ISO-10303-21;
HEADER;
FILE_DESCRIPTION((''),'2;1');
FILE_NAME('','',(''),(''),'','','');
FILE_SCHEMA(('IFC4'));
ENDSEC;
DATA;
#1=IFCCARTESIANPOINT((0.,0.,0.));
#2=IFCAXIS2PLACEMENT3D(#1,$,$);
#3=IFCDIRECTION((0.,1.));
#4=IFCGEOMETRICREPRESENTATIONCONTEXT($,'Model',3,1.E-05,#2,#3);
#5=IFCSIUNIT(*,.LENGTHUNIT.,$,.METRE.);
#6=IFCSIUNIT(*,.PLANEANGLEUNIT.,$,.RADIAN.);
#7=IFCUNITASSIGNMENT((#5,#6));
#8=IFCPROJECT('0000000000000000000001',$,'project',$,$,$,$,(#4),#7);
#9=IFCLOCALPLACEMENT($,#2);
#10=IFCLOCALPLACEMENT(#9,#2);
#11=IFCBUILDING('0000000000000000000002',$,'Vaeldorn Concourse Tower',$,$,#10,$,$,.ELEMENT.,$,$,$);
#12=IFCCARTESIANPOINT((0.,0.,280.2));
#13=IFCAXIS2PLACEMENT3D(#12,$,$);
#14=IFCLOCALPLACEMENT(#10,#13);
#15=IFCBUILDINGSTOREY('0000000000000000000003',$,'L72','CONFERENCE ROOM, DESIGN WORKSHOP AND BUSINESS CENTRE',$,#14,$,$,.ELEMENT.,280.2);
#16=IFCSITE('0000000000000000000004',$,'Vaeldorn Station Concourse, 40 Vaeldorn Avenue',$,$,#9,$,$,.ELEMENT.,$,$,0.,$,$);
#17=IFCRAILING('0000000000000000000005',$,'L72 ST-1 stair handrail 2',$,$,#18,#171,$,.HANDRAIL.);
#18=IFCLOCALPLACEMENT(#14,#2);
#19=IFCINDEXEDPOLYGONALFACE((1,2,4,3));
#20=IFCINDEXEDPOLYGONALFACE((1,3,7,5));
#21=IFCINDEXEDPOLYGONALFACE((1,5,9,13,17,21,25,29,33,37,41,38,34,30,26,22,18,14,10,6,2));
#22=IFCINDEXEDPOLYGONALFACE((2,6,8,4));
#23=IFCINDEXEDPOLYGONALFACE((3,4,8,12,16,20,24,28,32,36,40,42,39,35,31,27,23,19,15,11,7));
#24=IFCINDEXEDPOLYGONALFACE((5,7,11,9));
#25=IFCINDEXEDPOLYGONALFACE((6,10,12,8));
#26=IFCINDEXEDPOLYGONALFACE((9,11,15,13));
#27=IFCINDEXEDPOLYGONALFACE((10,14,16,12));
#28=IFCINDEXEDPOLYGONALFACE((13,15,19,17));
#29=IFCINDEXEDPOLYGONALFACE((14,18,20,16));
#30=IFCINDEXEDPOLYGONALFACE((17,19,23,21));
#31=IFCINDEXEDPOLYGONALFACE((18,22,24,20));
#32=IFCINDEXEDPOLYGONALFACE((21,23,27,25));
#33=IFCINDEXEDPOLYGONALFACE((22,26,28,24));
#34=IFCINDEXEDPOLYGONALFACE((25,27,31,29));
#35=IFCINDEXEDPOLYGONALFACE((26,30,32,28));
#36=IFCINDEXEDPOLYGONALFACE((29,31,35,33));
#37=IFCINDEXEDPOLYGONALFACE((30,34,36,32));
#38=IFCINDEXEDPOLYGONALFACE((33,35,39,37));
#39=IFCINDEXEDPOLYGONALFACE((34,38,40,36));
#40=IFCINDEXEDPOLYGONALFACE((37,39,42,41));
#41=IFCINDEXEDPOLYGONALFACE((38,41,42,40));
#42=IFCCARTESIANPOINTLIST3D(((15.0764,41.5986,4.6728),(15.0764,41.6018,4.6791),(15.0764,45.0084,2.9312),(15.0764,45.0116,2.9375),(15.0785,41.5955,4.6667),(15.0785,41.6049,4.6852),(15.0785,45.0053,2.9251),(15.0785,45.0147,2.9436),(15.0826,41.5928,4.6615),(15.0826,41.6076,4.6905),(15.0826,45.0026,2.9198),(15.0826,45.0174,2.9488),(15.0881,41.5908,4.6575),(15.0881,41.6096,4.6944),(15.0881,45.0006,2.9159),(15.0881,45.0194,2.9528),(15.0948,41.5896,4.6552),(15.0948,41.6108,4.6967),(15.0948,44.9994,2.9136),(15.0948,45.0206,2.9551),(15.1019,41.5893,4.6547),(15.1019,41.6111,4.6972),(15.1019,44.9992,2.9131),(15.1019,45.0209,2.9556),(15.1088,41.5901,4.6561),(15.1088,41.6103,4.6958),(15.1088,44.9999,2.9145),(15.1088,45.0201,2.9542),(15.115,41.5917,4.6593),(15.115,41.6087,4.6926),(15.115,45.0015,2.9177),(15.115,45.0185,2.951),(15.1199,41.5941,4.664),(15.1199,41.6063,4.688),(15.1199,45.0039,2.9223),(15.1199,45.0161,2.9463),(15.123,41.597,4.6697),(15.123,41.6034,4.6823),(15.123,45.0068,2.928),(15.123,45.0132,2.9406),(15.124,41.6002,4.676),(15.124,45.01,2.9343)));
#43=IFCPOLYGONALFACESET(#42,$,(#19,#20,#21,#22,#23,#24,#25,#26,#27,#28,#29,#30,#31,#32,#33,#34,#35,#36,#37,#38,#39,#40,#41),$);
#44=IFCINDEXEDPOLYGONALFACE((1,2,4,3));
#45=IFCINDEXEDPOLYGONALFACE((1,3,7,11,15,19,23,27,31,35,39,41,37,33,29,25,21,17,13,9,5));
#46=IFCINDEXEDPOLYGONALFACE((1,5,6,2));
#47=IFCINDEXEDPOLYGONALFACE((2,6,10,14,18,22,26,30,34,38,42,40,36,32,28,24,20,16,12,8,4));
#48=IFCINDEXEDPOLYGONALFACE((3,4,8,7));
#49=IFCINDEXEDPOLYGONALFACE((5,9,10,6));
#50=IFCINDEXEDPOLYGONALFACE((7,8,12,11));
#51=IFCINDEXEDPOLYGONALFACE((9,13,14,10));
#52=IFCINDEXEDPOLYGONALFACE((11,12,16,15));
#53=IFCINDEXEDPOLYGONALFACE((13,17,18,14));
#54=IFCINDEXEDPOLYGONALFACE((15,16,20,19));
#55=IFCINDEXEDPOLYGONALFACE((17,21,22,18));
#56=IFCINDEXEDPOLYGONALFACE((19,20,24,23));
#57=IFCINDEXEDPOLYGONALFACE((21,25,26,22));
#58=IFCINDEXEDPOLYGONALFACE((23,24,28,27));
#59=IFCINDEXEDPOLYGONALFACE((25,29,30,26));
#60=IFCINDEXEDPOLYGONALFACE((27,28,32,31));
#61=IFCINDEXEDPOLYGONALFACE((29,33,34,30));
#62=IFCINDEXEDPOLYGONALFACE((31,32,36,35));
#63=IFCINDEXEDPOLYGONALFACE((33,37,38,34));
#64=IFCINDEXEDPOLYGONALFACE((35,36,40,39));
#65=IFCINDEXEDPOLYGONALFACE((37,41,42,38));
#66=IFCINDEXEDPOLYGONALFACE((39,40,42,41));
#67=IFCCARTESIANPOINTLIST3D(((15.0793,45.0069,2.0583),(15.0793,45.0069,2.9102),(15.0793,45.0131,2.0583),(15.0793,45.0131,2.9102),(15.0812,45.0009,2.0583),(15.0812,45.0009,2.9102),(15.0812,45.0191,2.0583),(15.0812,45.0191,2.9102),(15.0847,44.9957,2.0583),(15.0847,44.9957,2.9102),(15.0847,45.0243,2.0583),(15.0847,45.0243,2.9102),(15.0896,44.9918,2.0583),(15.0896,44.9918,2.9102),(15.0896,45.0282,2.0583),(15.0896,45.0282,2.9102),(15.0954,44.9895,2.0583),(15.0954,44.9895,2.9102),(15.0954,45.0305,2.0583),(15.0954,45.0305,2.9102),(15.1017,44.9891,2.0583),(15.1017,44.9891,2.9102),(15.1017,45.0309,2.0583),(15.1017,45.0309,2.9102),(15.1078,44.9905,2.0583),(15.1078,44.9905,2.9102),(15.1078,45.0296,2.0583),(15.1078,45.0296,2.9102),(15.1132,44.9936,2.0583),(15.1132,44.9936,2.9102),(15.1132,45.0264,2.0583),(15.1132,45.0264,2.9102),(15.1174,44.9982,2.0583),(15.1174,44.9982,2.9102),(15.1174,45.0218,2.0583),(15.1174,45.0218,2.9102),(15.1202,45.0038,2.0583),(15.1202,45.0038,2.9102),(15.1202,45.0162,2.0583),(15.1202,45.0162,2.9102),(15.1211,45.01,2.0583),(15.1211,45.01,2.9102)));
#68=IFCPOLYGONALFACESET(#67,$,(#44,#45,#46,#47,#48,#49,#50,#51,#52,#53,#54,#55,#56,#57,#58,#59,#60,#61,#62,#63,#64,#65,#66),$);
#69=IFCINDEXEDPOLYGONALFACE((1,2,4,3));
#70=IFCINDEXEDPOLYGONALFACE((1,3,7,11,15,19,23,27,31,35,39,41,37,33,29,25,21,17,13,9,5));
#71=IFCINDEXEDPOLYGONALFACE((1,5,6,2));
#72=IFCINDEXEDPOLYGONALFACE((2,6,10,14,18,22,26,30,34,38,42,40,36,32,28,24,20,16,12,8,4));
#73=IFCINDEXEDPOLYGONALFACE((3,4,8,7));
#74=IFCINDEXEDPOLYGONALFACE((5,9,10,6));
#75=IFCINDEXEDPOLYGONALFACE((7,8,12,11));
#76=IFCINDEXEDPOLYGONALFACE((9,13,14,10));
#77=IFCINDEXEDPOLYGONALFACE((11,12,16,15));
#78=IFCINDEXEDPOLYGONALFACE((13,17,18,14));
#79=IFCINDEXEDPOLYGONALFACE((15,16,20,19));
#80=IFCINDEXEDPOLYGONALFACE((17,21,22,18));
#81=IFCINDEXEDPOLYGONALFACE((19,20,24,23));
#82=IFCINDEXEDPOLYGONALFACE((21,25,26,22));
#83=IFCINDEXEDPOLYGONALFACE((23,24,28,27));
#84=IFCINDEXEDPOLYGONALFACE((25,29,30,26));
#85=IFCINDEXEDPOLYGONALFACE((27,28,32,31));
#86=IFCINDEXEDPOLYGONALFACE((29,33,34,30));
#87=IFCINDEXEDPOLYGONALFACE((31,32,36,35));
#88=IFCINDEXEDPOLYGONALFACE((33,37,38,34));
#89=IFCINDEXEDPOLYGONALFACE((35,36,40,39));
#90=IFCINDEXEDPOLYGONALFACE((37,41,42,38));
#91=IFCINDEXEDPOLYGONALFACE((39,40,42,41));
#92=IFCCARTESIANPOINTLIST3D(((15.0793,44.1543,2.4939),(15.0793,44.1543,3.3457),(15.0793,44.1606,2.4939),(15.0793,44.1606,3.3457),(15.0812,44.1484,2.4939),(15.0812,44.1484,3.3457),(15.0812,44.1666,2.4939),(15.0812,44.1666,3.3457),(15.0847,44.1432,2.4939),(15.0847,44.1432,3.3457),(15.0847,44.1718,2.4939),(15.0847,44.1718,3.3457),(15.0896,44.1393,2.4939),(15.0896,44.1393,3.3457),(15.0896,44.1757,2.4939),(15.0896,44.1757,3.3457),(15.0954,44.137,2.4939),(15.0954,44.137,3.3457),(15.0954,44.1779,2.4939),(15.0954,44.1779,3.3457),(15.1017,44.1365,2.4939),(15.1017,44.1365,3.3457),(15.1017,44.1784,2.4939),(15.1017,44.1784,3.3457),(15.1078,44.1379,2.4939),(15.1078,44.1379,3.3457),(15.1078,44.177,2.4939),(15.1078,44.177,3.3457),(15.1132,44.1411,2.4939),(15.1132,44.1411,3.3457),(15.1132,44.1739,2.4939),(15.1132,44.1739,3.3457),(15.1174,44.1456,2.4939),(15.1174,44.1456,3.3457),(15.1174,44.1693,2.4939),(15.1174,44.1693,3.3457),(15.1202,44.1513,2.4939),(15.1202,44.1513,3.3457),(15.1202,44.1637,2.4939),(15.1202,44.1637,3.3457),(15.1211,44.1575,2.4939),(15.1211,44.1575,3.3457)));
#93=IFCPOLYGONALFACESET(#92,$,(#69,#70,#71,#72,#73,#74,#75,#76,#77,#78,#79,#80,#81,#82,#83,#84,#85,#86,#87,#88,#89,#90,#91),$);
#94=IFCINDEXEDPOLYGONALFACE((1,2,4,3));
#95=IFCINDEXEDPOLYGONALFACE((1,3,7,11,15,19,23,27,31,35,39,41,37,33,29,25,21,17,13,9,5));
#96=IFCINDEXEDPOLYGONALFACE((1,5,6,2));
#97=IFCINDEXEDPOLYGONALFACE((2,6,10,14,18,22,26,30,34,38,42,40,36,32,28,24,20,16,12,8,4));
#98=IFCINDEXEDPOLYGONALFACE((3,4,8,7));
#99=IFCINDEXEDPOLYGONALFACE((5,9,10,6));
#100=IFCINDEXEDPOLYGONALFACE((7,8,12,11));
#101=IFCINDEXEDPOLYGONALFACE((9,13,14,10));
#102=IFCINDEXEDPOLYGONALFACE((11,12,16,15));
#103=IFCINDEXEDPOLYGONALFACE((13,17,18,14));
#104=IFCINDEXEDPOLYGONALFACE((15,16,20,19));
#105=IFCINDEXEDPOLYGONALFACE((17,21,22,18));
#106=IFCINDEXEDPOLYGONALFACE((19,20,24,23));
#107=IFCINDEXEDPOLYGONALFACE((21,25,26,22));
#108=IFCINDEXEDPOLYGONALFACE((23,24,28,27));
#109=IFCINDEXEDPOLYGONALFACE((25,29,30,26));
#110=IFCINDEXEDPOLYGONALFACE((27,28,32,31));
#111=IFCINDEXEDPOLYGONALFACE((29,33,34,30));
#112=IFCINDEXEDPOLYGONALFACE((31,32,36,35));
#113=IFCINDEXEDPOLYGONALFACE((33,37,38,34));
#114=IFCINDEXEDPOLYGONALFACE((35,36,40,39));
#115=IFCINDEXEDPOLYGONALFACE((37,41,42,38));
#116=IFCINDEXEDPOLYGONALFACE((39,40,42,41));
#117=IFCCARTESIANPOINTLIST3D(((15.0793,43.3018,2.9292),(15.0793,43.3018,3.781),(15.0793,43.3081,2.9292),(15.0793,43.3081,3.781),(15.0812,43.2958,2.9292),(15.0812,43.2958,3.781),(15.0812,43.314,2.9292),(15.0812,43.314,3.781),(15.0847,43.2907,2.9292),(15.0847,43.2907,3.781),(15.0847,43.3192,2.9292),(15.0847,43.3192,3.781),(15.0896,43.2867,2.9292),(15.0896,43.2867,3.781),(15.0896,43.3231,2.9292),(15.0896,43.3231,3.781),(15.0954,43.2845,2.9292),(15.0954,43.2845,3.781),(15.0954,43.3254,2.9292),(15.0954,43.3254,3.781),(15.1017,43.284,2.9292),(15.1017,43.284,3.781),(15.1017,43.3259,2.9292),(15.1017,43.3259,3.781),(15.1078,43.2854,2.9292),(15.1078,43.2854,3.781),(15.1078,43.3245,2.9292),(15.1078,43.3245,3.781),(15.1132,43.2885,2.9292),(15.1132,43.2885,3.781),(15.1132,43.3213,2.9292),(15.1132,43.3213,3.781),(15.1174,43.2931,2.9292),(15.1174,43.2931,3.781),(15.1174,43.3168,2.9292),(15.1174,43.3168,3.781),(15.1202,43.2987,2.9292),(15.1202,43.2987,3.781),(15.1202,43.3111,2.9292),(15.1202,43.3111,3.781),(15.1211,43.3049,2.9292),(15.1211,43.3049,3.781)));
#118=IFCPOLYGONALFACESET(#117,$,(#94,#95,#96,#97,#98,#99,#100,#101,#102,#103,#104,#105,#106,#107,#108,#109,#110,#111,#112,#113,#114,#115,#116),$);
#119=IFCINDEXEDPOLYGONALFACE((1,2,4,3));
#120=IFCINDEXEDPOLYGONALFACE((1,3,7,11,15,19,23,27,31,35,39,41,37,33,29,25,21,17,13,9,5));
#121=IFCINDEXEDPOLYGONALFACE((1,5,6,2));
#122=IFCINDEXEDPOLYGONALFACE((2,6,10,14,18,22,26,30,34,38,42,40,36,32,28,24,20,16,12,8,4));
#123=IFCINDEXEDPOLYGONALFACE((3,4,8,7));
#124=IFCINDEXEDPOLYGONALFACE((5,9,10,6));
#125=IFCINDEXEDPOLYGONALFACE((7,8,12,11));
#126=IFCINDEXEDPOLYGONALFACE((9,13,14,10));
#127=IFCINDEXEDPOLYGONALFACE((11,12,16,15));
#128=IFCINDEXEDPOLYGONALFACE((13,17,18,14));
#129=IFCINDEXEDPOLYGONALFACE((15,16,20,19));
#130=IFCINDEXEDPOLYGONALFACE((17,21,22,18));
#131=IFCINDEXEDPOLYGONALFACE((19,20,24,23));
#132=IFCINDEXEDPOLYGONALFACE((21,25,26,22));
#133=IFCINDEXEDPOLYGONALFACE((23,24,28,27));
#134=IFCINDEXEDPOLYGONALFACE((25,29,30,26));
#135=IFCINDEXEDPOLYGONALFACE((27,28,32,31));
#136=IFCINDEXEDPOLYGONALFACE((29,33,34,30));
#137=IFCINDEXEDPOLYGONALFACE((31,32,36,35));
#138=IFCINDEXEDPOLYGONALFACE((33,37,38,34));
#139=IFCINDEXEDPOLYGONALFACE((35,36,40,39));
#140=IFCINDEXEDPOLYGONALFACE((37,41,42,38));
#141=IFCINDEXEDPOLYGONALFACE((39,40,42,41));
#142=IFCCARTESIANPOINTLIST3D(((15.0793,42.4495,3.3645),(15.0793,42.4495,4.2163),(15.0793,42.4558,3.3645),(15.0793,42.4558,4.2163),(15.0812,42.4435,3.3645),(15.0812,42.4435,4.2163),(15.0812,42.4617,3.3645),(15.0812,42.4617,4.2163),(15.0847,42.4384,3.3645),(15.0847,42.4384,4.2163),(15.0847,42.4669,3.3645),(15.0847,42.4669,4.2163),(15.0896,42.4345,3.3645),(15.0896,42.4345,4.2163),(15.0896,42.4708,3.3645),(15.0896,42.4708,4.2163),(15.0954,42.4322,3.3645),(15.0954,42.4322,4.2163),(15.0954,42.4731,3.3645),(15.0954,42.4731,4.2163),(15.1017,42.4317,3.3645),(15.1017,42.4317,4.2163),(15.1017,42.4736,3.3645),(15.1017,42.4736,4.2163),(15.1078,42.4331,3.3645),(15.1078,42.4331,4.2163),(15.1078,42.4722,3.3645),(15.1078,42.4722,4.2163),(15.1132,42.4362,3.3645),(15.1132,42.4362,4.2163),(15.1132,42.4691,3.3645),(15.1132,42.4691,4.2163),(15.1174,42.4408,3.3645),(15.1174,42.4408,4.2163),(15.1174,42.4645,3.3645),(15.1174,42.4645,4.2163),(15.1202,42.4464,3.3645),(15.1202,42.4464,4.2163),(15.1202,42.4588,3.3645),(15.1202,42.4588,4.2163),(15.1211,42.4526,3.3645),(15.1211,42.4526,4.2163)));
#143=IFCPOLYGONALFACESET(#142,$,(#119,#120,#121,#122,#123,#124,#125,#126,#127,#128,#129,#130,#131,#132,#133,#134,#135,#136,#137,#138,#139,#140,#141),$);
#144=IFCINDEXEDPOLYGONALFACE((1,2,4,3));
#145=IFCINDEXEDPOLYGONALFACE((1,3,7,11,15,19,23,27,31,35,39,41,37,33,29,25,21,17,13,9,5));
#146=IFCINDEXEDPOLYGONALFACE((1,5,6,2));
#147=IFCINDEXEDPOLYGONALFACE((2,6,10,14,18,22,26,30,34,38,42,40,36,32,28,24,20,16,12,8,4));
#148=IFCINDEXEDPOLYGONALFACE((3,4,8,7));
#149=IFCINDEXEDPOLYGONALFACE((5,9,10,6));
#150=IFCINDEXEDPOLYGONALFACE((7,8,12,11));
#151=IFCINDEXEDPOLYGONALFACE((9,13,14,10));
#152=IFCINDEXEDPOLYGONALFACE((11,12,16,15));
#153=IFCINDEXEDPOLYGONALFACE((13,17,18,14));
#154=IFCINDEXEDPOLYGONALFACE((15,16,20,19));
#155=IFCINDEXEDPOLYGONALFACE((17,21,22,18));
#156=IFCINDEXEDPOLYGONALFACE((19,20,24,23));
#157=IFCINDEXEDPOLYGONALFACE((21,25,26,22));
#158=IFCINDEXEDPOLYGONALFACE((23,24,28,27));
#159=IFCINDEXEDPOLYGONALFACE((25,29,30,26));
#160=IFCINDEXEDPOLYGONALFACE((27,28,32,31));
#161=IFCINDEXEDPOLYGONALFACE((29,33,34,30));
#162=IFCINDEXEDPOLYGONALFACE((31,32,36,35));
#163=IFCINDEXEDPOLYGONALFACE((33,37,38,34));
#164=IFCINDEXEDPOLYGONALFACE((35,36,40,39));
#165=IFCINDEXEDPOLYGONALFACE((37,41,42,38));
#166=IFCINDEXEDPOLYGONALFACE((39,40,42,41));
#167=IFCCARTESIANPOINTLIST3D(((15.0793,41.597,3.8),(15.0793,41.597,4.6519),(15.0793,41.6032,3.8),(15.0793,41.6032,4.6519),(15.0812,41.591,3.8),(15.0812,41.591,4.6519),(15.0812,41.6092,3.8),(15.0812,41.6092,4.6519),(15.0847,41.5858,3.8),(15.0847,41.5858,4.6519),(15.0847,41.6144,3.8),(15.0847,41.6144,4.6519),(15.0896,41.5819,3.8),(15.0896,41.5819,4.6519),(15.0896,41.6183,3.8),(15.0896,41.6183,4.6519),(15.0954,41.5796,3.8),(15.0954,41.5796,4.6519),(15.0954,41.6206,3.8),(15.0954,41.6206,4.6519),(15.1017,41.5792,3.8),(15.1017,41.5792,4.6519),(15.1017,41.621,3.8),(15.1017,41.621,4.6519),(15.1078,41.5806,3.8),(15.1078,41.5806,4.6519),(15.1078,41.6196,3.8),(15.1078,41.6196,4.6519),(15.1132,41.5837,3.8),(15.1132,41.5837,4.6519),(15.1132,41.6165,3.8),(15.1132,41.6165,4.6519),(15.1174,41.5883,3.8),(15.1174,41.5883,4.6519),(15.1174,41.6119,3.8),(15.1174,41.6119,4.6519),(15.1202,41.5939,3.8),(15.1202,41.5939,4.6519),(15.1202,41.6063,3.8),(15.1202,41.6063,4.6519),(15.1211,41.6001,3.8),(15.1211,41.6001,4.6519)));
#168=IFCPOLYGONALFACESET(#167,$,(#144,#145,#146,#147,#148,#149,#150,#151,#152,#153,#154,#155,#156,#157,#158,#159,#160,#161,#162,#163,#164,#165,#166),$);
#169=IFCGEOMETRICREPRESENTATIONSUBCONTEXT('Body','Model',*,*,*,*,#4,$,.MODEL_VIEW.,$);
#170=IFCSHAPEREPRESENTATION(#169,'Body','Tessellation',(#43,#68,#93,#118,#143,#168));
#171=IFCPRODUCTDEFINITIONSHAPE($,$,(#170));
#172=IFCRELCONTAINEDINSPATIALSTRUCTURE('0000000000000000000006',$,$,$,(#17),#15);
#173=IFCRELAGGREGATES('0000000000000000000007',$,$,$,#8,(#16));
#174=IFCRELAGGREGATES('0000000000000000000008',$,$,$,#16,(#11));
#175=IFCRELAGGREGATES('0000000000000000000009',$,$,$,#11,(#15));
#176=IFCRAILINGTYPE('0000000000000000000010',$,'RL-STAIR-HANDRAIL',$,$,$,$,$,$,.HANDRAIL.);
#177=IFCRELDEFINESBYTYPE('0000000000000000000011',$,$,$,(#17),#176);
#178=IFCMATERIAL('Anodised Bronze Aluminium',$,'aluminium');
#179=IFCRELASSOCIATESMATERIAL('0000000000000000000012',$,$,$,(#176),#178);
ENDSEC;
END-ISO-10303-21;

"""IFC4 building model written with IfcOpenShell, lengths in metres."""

from ifc_helpers import new_model, si_unit, direction, frame, origin, origin_2d, place, context, subcontext, project, spatial, circle, extrude, material, type_object, element, save


model = new_model("IFC4")

# Units and contexts
model_context = context("Model", 3, precision=1e-05, world=origin(), true_north=direction((0.0, 1.0)))
body_context = subcontext(model_context, "Body", "Model", "MODEL_VIEW")
ifc_project = project(units=[si_unit("LENGTHUNIT", "METRE"), si_unit("PLANEANGLEUNIT", "RADIAN")], contexts=[model_context])

# Site, building, storey
site_placement = place(None, origin())
site = spatial("IfcSite", under=ifc_project, at=site_placement, Name="Vaeldorn Station Concourse, 40 Vaeldorn Avenue", CompositionType="ELEMENT", RefElevation=0.0)
building_placement = place(site_placement, origin())
building = spatial("IfcBuilding", under=site, at=building_placement, Name="Vaeldorn Concourse Tower", CompositionType="ELEMENT")
storey_placement = place(building_placement, frame((0.0, 0.0, 280.2)))
storey = spatial("IfcBuildingStorey", under=building, at=storey_placement, Name="L72", Description="CONFERENCE ROOM, DESIGN WORKSHOP AND BUSINESS CENTRE", CompositionType="ELEMENT", Elevation=280.2)

# Shared definitions
ifc_material_1 = material(Name="Anodised Bronze Aluminium", Category="aluminium")

# Railing
railing_type_1 = type_object("IfcRailingType", Name="RL-STAIR-HANDRAIL", PredefinedType="HANDRAIL", material=ifc_material_1)
railing_1_placement = place(storey_placement, frame((15.1001, 45.01, 2.0583)))
element("IfcRailing", 1, at=railing_1_placement, inside=storey, type_object=railing_type_1, Name="L72 ST-1 stair handrail 2", PredefinedType="HANDRAIL", context=body_context, shape_type="SweptSolid", body=[
    extrude(circle(Radius=0.0239, at=origin_2d()), frame((0.0, 0.0, 0.876), z_axis=(0.0, -0.890556, 0.454874), x_axis=(1.0, 0.0, 0.0)), (0.0, 0.0, 1.0), 3.8289),
    extrude(circle(Radius=0.021, at=origin_2d()), origin(), (0.0, 0.0, 1.0), 0.8518),
    extrude(circle(Radius=0.021, at=origin_2d()), frame((0.0, -0.8525, 0.4355)), (0.0, 0.0, 1.0), 0.8518),
    extrude(circle(Radius=0.021, at=origin_2d()), frame((0.0, -1.7051, 0.8708)), (0.0, 0.0, 1.0), 0.8518),
    extrude(circle(Radius=0.021, at=origin_2d()), frame((0.0, -2.5574, 1.3062)), (0.0, 0.0, 1.0), 0.8518),
    extrude(circle(Radius=0.021, at=origin_2d()), frame((0.0, -3.4099, 1.7417)), (0.0, 0.0, 1.0), 0.8518),
])

save(model, "model.ifc")
